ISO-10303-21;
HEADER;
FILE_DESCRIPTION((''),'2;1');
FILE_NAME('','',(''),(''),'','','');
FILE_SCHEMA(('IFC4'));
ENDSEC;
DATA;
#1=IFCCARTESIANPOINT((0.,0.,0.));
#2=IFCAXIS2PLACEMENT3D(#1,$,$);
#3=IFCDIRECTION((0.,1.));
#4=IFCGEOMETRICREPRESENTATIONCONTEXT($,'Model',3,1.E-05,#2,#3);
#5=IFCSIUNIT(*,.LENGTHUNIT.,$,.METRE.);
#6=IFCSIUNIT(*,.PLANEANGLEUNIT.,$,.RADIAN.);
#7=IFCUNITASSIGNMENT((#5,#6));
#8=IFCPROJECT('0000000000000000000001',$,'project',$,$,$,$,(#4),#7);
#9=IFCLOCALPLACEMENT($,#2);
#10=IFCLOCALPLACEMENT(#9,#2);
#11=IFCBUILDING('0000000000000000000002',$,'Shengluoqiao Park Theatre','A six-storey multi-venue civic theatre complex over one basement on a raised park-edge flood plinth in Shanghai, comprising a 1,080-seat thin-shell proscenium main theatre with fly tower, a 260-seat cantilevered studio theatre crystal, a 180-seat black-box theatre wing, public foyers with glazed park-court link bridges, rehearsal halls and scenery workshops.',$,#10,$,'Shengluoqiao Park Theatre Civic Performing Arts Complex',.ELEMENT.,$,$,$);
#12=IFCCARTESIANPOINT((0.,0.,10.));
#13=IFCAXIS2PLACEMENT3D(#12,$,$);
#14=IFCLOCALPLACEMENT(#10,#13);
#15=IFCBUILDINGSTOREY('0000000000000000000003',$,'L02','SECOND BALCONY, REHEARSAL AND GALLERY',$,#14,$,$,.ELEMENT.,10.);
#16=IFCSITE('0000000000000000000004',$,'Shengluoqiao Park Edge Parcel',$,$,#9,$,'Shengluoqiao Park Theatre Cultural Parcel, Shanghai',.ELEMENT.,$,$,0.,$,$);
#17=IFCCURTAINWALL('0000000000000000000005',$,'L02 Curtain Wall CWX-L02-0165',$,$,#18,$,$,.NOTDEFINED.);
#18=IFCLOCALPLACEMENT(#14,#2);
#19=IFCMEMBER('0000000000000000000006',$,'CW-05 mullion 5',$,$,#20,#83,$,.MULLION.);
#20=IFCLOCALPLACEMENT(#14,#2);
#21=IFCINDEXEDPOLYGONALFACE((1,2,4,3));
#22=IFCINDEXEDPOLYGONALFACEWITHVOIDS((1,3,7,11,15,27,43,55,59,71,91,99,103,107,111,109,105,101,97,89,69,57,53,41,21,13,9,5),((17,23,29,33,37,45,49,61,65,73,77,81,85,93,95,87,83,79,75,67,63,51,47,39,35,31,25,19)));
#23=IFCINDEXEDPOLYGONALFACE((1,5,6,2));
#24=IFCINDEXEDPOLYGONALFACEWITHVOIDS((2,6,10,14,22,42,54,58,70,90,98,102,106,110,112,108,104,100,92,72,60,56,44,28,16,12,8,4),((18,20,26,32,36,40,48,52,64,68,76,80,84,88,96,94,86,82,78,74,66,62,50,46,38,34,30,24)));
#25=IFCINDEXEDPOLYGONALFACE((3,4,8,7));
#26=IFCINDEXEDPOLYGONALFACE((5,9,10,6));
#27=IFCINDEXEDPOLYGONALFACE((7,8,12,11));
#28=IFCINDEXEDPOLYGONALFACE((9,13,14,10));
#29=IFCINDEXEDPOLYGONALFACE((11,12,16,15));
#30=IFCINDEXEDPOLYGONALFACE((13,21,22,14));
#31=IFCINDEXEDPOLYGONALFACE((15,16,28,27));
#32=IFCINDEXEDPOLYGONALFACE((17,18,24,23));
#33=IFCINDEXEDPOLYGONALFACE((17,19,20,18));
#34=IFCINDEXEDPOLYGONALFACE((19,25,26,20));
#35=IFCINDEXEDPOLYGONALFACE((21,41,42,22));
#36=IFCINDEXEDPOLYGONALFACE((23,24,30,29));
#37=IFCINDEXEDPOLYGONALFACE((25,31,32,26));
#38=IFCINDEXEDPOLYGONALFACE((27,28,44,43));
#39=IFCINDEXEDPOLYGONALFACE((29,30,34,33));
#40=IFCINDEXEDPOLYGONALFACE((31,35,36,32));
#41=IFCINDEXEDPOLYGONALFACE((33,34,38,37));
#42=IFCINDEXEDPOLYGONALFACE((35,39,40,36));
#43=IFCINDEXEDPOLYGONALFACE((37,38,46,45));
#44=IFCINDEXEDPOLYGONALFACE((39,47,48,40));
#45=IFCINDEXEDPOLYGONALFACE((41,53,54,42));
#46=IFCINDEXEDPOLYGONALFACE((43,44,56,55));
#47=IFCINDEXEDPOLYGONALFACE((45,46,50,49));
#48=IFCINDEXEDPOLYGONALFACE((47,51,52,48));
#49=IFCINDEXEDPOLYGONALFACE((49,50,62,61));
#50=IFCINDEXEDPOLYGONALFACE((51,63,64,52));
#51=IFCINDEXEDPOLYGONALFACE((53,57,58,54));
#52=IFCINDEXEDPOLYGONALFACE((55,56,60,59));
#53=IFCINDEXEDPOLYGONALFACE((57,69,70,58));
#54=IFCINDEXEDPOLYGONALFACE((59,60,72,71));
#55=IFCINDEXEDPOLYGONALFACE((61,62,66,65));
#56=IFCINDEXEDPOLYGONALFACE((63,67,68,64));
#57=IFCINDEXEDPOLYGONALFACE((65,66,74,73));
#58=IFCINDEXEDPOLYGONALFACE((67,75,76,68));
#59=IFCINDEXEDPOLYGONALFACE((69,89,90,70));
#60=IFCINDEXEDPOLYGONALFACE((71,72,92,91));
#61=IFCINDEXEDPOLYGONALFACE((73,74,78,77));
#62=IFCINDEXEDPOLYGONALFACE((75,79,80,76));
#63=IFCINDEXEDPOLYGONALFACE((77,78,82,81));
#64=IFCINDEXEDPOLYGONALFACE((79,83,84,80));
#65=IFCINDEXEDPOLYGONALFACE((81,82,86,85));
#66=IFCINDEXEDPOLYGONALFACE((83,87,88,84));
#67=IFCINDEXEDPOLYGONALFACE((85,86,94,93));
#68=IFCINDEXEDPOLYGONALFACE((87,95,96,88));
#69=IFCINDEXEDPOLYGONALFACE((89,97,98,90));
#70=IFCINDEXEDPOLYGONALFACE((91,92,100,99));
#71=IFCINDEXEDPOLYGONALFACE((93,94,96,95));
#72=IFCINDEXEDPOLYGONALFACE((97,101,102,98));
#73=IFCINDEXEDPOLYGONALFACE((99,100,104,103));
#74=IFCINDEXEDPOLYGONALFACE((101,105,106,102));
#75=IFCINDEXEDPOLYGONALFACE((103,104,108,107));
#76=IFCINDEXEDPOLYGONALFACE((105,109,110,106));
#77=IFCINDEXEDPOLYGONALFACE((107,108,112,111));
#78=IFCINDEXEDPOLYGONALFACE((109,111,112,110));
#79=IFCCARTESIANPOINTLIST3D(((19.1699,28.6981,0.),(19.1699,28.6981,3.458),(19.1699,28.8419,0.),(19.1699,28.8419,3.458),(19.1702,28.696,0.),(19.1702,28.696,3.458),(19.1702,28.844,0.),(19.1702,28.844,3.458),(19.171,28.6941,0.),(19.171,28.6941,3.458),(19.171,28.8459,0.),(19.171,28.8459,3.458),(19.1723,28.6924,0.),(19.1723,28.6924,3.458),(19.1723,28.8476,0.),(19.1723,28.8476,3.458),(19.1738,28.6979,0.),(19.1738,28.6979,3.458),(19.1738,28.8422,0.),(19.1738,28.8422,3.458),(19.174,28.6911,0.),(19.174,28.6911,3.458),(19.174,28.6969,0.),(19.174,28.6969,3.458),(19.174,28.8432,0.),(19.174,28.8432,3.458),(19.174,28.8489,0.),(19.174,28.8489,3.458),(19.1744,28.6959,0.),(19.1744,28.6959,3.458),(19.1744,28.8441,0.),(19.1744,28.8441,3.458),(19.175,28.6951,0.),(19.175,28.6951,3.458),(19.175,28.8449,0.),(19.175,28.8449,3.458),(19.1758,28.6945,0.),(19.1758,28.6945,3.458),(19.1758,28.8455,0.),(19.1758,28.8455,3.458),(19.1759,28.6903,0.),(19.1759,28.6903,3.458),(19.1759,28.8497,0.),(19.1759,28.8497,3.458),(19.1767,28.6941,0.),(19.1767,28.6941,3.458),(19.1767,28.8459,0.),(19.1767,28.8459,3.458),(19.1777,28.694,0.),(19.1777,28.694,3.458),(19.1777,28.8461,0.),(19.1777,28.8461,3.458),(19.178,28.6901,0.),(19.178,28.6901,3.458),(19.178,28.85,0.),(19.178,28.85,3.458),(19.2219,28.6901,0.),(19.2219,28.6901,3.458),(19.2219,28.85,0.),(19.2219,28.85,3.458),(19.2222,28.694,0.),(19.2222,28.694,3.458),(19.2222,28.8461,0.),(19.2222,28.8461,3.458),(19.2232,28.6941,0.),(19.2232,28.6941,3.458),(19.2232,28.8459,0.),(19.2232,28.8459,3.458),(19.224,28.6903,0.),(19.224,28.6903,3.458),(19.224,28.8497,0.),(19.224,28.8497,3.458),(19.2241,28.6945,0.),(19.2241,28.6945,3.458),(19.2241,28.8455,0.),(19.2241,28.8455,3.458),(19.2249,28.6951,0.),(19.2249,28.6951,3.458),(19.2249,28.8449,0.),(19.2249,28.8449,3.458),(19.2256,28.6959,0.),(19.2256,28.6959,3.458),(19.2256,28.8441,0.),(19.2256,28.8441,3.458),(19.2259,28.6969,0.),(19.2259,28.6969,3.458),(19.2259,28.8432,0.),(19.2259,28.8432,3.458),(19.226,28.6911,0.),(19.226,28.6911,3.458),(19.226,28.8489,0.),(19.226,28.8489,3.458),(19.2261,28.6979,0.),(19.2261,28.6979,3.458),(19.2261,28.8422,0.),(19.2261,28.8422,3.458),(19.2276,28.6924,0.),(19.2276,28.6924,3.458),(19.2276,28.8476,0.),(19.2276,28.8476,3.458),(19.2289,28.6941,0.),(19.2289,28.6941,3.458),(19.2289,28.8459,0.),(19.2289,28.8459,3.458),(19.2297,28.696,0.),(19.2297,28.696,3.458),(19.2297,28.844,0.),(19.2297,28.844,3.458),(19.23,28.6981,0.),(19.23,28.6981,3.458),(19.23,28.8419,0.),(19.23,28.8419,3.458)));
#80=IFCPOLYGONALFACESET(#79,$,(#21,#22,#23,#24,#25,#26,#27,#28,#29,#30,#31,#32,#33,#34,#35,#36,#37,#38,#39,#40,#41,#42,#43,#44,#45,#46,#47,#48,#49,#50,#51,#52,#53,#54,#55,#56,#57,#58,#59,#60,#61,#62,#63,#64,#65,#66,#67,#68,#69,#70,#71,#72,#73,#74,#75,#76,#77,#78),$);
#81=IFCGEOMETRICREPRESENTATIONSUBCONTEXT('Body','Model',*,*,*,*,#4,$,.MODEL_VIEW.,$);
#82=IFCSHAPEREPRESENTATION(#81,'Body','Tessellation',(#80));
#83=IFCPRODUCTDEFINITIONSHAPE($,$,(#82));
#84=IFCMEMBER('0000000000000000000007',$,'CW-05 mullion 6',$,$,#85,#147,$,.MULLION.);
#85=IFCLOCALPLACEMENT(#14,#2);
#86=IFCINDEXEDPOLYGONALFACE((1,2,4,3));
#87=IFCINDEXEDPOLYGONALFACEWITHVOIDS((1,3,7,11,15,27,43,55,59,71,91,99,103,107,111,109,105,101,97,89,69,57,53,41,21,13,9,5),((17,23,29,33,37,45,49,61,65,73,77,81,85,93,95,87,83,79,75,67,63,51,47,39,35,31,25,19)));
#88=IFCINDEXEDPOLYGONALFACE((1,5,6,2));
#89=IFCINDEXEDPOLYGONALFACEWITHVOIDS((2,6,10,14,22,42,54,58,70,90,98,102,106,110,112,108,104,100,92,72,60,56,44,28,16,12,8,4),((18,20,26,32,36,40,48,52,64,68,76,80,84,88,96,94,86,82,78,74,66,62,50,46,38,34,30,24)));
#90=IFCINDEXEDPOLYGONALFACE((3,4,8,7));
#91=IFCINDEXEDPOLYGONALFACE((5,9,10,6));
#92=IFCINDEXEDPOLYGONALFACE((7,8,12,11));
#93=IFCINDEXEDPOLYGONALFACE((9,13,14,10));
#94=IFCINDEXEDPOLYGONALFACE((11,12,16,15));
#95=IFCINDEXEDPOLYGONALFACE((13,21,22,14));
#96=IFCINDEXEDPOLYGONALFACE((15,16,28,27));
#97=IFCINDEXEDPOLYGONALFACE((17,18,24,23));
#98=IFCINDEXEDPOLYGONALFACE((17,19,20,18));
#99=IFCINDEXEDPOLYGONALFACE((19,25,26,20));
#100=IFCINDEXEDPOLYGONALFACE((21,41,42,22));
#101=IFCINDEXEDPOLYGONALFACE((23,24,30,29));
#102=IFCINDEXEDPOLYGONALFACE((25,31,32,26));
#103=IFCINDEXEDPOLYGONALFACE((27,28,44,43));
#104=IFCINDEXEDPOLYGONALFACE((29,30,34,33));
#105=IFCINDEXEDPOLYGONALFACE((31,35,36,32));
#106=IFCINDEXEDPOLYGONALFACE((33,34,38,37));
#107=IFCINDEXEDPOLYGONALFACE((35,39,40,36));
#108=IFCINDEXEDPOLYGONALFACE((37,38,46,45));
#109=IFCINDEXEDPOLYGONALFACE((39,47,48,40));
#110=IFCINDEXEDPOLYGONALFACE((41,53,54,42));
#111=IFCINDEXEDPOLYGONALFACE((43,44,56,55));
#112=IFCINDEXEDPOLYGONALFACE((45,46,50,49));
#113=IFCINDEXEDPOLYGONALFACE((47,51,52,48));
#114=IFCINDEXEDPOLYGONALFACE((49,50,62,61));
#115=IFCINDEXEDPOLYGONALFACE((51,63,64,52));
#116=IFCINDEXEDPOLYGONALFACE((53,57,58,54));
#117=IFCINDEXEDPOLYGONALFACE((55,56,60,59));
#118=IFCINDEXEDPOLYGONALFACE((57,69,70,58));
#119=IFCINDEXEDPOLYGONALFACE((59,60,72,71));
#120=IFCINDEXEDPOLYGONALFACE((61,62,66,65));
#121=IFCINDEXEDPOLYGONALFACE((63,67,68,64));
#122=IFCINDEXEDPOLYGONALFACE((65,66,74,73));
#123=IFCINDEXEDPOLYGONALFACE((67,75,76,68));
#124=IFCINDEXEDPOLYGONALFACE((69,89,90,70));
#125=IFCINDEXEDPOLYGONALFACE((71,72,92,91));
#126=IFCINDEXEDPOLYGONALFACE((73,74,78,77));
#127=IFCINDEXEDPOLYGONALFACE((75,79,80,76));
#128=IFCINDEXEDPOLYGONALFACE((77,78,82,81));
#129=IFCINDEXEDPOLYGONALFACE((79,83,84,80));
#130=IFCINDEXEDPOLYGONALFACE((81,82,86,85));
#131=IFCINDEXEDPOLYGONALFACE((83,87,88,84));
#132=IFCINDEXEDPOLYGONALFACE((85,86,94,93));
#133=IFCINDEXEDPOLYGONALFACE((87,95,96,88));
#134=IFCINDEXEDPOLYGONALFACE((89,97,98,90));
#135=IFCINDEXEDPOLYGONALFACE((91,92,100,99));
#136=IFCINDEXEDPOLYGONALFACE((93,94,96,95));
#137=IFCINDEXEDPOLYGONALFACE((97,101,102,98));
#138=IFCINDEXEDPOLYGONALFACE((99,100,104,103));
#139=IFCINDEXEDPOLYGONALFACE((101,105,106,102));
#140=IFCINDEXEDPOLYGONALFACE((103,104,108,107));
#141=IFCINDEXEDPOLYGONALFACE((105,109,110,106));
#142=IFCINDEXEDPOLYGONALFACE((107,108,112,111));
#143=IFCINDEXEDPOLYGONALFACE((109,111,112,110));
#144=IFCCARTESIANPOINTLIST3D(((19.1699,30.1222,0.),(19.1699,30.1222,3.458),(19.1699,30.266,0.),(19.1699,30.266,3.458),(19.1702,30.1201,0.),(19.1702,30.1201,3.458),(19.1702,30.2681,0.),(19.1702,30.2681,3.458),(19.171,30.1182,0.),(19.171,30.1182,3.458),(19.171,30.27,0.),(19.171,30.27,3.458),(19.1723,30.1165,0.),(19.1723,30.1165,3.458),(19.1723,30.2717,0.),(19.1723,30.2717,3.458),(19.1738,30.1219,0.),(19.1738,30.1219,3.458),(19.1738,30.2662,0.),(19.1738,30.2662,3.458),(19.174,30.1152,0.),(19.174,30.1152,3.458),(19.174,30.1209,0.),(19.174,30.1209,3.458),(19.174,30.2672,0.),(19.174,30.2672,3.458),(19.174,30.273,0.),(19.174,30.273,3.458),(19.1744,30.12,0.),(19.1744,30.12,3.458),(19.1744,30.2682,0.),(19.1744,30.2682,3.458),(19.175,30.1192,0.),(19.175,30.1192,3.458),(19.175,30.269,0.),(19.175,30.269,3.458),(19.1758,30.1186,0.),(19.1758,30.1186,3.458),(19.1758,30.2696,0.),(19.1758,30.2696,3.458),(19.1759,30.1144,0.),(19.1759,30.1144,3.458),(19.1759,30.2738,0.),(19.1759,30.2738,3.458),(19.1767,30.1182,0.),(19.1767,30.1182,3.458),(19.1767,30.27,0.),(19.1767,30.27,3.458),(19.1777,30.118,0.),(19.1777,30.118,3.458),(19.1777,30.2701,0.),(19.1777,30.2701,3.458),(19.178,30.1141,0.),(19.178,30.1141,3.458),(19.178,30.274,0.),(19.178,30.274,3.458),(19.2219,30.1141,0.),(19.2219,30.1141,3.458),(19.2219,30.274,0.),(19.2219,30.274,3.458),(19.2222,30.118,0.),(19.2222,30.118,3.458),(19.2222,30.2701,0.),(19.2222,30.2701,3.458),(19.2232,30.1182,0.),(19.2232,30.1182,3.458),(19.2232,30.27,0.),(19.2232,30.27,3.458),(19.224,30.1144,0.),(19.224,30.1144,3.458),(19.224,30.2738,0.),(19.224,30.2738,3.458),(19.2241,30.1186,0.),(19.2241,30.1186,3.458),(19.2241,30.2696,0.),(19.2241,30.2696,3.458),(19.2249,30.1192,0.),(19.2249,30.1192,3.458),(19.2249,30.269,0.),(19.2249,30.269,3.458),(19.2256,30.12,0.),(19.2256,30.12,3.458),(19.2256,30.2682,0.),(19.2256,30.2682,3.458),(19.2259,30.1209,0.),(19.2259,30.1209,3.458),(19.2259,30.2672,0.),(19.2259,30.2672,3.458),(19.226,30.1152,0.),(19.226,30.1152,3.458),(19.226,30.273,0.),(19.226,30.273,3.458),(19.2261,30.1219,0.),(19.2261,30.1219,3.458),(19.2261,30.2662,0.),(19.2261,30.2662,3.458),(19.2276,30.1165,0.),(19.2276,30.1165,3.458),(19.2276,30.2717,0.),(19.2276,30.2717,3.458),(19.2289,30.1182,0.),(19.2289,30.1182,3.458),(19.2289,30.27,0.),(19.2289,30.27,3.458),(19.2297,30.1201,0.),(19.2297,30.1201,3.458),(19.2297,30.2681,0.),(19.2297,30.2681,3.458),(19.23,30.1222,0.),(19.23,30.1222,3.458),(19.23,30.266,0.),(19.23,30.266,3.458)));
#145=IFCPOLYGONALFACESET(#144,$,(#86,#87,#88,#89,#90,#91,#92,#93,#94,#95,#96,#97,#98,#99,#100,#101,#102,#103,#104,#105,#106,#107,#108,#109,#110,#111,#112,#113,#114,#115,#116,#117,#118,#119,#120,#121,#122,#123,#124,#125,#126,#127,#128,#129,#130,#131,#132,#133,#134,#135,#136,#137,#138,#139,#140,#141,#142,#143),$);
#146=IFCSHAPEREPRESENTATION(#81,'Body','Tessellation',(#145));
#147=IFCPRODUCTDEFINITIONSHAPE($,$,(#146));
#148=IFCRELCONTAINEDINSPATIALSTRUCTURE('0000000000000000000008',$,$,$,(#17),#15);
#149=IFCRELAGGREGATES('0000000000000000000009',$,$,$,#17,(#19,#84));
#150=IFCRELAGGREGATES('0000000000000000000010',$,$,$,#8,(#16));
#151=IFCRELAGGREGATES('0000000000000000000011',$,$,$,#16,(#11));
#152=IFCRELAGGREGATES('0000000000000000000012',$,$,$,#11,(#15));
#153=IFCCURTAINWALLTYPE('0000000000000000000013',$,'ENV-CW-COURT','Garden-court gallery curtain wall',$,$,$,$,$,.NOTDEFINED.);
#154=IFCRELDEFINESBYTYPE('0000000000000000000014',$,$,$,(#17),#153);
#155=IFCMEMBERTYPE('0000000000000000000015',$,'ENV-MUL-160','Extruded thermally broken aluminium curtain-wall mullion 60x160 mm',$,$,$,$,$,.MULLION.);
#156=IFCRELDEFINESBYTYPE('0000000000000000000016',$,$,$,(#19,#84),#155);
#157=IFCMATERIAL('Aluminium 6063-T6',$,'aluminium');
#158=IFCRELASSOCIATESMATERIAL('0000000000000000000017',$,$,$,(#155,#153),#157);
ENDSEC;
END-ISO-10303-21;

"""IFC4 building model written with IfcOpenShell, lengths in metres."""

from ifc_helpers import new_model, si_unit, direction, frame, origin, origin_2d, place, context, subcontext, project, spatial, hollow_rectangle, extrude, material, material_profile, profile_set, type_object, element, aggregate, save


model = new_model("IFC4")

# Units and contexts
model_context = context("Model", 3, precision=1e-05, world=origin(), true_north=direction((0.0, 1.0)))
body_context = subcontext(model_context, "Body", "Model", "MODEL_VIEW")
ifc_project = project(units=[si_unit("LENGTHUNIT", "METRE"), si_unit("PLANEANGLEUNIT", "RADIAN")], contexts=[model_context])

# Site, building, storey
site_placement = place(None, origin())
site = spatial("IfcSite", under=ifc_project, at=site_placement, Name="Shengluoqiao Park Edge Parcel", LongName="Shengluoqiao Park Theatre Cultural Parcel, Shanghai", CompositionType="ELEMENT", RefElevation=0.0)
building_placement = place(site_placement, origin())
building = spatial("IfcBuilding", under=site, at=building_placement, Name="Shengluoqiao Park Theatre", Description="A six-storey multi-venue civic theatre complex over one basement on a raised park-edge flood plinth in Shanghai, comprising a 1,080-seat thin-shell proscenium main theatre with fly tower, a 260-seat cantilevered studio theatre crystal, a 180-seat black-box theatre wing, public foyers with glazed park-court link bridges, rehearsal halls and scenery workshops.", LongName="Shengluoqiao Park Theatre Civic Performing Arts Complex", CompositionType="ELEMENT")
storey_placement = place(building_placement, frame((0.0, 0.0, 10.0)))
storey = spatial("IfcBuildingStorey", under=building, at=storey_placement, Name="L02", Description="SECOND BALCONY, REHEARSAL AND GALLERY", CompositionType="ELEMENT", Elevation=10.0)

# Curtain wall, members
ifc_material_1 = material(Name="Aluminium 6063-T6", Category="aluminium")
ifc_material_profile_1 = material_profile(ifc_material_1, hollow_rectangle(XDim=0.0601, YDim=0.1599, WallThickness=0.0039, InnerFilletRadius=0.0039, OuterFilletRadius=0.0081, at=origin_2d()), Name="ALU MULLION 160x60x4")
ifc_profile_set_1 = profile_set([ifc_material_profile_1], Name="Aluminium 6063-T6")
member_type_1 = type_object("IfcMemberType", Name="ENV-MUL-160", Description="Extruded thermally broken aluminium curtain-wall mullion 60x160 mm", PredefinedType="MULLION", material=ifc_profile_set_1)
curtain_wall_type_1 = type_object("IfcCurtainWallType", Name="ENV-CW-COURT", Description="Garden-court gallery curtain wall", PredefinedType="NOTDEFINED", material=ifc_material_1)
curtain_wall_1_placement = place(storey_placement, origin())
curtain_wall_1 = element("IfcCurtainWall", 1, at=curtain_wall_1_placement, inside=storey, type_object=curtain_wall_type_1, Name="L02 Curtain Wall CWX-L02-0165", PredefinedType="NOTDEFINED")
member_1_placement = place(storey_placement, frame((19.2, 28.77, 0.0), z_axis=(0.0, 0.0, 1.0), x_axis=(-1.0, 0.0, 0.0)))
member_1 = element("IfcMember", 2, at=member_1_placement, type_object=member_type_1, Name="CW-05 mullion 5", PredefinedType="MULLION", context=body_context, shape_type="SweptSolid", body=[
    extrude(hollow_rectangle(XDim=0.0601, YDim=0.1599, WallThickness=0.0039, InnerFilletRadius=0.0039, OuterFilletRadius=0.0081, at=origin_2d()), origin(), (0.0, 0.0, 1.0), 3.458),
])
member_2_placement = place(storey_placement, frame((19.2, 30.1941, 0.0), z_axis=(0.0, 0.0, 1.0), x_axis=(-1.0, 0.0, 0.0)))
member_2 = element("IfcMember", 3, at=member_2_placement, type_object=member_type_1, Name="CW-05 mullion 6", PredefinedType="MULLION", context=body_context, shape_type="SweptSolid", body=[
    extrude(hollow_rectangle(XDim=0.0601, YDim=0.1599, WallThickness=0.0039, InnerFilletRadius=0.0039, OuterFilletRadius=0.0081, at=origin_2d()), origin(), (0.0, 0.0, 1.0), 3.458),
])

aggregate(curtain_wall_1, [member_1, member_2])

save(model, "model.ifc")
